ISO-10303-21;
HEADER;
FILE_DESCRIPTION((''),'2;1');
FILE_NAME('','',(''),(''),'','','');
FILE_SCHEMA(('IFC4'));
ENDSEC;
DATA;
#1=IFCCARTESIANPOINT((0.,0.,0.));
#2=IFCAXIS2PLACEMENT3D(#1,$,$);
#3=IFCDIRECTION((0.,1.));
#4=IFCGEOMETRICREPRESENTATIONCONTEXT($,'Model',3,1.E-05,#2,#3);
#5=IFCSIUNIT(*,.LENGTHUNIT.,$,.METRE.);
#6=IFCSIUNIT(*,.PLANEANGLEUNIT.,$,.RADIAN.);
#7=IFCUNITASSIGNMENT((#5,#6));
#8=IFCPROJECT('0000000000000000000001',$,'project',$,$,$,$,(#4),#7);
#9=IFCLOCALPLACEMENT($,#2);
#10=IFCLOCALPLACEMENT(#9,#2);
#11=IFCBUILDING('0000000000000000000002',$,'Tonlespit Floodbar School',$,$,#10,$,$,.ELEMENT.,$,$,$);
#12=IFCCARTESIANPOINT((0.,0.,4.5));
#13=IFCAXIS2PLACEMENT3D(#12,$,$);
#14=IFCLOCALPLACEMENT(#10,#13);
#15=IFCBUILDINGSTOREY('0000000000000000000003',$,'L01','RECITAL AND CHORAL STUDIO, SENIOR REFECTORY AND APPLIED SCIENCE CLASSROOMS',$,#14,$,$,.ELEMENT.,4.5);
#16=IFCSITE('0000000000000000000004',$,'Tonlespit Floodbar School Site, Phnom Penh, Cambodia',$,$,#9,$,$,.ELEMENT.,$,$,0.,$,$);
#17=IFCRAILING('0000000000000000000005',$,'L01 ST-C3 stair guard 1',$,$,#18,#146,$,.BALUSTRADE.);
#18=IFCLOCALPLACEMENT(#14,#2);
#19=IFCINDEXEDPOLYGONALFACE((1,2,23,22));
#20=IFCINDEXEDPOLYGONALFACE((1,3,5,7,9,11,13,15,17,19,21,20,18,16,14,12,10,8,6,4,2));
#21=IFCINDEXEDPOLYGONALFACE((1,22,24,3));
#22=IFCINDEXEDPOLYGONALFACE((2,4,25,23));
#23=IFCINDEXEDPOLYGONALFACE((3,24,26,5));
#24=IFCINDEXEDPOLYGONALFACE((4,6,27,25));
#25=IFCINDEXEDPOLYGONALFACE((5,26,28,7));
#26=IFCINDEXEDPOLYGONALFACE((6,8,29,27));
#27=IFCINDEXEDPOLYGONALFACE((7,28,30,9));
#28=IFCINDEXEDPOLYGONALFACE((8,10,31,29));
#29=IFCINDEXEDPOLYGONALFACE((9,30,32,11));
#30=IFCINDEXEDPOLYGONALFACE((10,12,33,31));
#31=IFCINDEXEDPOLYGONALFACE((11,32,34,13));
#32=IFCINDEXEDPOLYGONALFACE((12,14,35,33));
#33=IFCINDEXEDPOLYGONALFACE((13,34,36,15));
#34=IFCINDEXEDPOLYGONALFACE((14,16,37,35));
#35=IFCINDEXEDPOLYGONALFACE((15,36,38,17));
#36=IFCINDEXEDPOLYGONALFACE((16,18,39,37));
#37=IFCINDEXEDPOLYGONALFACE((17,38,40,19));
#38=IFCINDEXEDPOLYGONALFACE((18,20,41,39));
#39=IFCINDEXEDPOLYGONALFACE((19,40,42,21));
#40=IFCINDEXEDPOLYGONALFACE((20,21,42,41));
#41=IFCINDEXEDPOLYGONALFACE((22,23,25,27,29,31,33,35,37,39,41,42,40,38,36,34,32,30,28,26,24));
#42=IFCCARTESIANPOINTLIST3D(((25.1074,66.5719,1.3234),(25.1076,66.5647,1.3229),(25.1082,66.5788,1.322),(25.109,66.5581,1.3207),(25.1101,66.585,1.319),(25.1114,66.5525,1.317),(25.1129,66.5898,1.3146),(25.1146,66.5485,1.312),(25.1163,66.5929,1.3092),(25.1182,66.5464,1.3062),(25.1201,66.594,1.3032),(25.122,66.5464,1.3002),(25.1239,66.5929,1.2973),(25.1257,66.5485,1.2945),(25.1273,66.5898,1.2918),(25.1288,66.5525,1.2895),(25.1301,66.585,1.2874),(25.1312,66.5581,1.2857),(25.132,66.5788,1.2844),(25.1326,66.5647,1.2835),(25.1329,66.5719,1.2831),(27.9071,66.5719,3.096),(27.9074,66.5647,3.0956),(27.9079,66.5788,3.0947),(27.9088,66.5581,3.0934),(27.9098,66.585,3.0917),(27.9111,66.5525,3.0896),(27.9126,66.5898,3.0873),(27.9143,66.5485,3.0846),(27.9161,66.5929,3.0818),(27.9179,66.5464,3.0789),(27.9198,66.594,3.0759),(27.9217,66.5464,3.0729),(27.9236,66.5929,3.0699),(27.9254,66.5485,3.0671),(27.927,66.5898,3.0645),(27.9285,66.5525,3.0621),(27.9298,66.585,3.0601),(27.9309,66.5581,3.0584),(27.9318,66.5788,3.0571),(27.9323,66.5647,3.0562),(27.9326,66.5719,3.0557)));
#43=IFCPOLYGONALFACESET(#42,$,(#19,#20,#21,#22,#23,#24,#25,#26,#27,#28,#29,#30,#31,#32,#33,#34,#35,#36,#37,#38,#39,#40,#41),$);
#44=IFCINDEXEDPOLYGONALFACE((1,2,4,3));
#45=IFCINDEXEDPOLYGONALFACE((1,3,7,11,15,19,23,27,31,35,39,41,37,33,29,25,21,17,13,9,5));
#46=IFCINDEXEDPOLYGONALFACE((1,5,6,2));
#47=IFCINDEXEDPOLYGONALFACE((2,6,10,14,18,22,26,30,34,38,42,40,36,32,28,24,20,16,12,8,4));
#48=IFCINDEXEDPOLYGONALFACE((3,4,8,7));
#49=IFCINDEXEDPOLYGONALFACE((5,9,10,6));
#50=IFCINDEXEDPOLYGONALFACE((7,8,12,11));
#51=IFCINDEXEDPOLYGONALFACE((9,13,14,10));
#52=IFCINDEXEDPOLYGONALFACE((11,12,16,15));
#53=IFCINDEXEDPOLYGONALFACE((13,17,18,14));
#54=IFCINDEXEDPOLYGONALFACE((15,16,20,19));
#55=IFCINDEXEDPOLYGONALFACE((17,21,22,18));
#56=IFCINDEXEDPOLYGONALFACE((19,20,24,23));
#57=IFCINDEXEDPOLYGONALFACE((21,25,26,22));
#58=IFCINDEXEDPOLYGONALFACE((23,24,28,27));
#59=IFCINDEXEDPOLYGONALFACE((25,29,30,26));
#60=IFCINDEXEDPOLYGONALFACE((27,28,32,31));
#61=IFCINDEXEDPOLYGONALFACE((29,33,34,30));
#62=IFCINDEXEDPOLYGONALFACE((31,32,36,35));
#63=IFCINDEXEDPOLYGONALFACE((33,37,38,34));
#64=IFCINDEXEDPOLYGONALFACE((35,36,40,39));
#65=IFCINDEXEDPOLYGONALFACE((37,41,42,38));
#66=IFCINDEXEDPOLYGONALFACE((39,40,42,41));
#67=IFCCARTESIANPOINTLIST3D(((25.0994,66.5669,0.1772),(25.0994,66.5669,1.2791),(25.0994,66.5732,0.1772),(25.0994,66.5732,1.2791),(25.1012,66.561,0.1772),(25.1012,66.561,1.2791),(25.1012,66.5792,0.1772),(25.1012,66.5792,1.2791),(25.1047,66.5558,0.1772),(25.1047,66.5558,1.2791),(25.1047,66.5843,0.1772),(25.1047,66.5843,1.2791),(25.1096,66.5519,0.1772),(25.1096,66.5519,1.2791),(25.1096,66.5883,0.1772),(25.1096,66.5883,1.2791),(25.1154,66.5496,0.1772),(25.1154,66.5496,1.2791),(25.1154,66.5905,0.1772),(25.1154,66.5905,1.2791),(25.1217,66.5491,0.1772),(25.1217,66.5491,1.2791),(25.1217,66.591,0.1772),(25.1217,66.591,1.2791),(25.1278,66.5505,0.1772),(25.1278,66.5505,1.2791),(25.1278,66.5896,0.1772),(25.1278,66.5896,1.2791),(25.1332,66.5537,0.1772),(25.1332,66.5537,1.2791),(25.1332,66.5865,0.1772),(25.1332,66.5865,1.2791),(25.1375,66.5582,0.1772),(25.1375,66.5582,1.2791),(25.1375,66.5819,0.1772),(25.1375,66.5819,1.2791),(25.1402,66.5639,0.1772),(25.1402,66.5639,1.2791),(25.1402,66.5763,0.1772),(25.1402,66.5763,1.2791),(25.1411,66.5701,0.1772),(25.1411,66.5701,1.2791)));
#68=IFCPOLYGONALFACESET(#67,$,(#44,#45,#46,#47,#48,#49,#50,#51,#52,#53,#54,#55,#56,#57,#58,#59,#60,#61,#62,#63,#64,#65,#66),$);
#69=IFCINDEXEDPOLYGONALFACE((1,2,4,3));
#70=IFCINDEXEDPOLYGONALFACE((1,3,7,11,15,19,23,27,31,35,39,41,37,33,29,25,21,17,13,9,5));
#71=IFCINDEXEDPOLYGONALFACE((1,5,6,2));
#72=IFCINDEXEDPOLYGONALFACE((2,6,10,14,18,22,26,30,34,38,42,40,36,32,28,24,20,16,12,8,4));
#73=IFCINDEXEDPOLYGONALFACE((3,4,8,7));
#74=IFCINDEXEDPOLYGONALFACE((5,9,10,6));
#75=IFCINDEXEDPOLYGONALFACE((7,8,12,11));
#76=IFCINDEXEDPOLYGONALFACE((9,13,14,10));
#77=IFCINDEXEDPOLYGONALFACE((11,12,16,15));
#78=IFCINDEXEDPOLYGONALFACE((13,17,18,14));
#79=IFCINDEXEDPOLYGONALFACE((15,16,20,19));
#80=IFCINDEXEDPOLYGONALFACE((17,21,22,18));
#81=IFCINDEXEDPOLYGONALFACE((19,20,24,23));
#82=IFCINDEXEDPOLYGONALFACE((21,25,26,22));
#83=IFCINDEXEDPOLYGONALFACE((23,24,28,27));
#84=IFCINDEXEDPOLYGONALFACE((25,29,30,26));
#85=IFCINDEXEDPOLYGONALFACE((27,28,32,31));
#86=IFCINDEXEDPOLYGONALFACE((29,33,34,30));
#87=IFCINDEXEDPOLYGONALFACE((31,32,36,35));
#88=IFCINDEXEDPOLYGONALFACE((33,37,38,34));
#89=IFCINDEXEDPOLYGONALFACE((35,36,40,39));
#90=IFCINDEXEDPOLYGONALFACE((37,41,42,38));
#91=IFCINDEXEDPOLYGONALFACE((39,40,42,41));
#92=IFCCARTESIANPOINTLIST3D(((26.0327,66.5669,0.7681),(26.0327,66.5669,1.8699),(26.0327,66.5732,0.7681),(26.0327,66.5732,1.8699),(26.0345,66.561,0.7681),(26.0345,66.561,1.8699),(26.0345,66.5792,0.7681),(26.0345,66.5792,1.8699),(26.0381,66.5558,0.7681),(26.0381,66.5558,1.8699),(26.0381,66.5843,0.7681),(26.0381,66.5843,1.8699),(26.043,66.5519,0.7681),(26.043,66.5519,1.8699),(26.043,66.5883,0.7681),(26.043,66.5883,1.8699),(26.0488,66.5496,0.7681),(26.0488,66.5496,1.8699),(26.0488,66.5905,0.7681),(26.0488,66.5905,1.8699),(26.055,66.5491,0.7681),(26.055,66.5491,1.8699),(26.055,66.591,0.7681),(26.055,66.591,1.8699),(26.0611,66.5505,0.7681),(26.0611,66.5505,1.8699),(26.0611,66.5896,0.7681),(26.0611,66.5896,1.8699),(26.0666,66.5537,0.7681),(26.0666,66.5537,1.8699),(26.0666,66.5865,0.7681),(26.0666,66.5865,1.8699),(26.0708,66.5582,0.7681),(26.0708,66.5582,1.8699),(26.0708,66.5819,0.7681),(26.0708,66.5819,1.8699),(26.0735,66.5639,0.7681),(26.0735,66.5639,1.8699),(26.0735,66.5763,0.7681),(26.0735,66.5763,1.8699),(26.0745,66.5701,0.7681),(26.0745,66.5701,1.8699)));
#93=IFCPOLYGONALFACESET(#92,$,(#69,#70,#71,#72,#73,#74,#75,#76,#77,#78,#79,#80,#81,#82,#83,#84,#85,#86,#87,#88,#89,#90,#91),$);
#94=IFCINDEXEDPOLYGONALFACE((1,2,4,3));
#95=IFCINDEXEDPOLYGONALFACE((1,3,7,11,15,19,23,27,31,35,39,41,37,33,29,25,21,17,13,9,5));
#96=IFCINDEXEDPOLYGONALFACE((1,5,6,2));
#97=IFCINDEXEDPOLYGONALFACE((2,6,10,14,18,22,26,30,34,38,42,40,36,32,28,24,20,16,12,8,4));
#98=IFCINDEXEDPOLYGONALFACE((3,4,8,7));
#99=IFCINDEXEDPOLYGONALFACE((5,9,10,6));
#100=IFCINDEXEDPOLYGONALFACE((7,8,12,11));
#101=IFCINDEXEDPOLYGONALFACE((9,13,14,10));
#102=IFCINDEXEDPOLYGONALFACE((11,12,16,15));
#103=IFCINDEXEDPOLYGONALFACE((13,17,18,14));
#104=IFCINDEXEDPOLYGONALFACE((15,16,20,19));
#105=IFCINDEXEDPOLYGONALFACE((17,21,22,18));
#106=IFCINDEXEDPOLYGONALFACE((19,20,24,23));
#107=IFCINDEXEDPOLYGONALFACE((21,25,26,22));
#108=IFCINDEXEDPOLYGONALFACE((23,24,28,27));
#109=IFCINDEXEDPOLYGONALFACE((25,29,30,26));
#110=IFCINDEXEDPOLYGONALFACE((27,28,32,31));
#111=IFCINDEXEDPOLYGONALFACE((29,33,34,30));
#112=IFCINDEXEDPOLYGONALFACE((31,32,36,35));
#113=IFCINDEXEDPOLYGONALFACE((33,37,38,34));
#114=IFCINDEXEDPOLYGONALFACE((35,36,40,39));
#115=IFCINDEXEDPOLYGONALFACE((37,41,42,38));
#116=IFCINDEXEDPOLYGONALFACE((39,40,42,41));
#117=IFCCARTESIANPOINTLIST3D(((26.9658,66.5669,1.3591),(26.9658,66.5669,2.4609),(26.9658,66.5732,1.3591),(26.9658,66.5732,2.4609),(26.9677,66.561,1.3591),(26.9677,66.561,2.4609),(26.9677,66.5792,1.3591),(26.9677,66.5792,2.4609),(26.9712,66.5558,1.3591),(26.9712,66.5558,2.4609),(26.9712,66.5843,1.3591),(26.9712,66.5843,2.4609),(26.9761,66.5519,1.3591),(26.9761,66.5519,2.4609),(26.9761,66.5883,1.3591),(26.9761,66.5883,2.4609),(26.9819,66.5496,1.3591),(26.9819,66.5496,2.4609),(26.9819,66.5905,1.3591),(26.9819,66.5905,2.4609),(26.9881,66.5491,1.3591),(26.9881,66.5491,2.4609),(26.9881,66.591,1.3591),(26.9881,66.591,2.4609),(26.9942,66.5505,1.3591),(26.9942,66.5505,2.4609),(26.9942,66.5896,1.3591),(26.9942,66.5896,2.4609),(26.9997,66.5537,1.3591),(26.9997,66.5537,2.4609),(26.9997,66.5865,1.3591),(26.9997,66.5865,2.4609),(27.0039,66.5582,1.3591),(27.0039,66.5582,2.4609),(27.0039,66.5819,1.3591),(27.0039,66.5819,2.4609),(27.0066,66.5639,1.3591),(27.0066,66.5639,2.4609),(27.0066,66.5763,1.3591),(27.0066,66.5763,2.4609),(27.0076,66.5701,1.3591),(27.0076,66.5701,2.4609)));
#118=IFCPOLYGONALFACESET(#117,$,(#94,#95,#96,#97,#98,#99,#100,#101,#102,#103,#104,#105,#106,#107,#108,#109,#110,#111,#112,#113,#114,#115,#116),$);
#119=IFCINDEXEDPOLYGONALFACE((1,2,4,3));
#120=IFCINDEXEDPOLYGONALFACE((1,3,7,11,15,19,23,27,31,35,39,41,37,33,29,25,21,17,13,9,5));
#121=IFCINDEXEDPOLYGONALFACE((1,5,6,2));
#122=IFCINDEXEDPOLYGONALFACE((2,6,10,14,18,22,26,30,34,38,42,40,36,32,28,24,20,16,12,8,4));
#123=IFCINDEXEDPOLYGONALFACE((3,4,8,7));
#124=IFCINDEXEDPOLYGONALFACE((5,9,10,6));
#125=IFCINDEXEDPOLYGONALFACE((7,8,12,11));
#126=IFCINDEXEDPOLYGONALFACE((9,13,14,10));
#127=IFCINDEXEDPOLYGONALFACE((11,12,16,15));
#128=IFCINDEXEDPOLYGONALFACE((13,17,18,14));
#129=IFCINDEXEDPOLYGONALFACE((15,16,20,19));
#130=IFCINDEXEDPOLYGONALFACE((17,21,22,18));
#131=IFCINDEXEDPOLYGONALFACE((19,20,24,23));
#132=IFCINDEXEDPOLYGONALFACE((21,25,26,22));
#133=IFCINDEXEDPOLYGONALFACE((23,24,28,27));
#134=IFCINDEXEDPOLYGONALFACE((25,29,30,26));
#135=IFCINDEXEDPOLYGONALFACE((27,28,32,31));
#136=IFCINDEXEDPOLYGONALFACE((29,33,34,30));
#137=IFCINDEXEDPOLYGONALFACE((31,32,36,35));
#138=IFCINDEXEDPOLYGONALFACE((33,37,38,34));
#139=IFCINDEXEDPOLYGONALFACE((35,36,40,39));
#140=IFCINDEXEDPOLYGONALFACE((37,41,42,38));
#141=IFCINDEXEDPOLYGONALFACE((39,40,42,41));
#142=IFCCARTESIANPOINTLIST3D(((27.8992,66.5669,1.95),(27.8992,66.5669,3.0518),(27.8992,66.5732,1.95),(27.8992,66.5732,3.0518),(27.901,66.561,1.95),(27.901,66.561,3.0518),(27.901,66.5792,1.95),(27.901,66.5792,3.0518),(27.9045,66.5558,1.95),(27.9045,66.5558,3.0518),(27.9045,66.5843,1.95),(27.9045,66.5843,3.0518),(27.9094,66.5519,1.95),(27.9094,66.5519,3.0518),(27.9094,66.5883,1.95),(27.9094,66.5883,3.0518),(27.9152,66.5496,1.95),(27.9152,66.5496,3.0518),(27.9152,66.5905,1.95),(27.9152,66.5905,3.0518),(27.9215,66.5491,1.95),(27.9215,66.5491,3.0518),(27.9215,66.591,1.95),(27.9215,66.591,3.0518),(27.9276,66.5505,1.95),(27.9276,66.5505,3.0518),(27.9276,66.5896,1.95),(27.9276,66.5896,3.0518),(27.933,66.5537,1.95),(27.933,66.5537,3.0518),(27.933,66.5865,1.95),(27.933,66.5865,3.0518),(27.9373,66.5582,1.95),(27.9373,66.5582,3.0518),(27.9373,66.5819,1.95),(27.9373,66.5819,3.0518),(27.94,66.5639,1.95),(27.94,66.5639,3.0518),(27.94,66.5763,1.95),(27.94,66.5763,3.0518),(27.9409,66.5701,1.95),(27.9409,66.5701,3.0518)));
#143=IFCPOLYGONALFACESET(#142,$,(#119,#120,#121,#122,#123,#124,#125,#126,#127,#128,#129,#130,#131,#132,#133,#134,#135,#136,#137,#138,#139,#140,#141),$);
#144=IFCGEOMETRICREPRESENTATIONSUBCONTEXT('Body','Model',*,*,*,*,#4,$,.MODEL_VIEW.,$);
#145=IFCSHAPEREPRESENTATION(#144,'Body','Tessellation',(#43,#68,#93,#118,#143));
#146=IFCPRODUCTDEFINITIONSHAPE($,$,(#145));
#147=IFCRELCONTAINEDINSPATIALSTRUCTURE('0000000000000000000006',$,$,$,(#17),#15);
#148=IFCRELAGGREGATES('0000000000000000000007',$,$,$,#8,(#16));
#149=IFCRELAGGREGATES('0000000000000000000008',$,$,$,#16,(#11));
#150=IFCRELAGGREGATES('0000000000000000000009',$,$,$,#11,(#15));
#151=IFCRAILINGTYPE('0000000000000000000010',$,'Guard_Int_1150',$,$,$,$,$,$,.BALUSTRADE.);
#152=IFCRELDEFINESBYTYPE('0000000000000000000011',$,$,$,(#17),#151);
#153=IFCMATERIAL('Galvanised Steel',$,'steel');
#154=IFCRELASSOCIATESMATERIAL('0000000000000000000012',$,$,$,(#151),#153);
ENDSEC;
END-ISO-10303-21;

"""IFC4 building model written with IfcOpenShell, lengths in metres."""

from ifc_helpers import new_model, si_unit, direction, frame, origin, origin_2d, place, context, subcontext, project, spatial, circle, extrude, material, type_object, element, save


model = new_model("IFC4")

# Units and contexts
model_context = context("Model", 3, precision=1e-05, world=origin(), true_north=direction((0.0, 1.0)))
body_context = subcontext(model_context, "Body", "Model", "MODEL_VIEW")
ifc_project = project(units=[si_unit("LENGTHUNIT", "METRE"), si_unit("PLANEANGLEUNIT", "RADIAN")], contexts=[model_context])

# Site, building, storey
site_placement = place(None, origin())
site = spatial("IfcSite", under=ifc_project, at=site_placement, Name="Tonlespit Floodbar School Site, Phnom Penh, Cambodia", CompositionType="ELEMENT", RefElevation=0.0)
building_placement = place(site_placement, origin())
building = spatial("IfcBuilding", under=site, at=building_placement, Name="Tonlespit Floodbar School", CompositionType="ELEMENT")
storey_placement = place(building_placement, frame((0.0, 0.0, 4.5)))
storey = spatial("IfcBuildingStorey", under=building, at=storey_placement, Name="L01", Description="RECITAL AND CHORAL STUDIO, SENIOR REFECTORY AND APPLIED SCIENCE CLASSROOMS", CompositionType="ELEMENT", Elevation=4.5)

# Shared definitions
ifc_material_1 = material(Name="Galvanised Steel", Category="steel")

# Railing
railing_type_1 = type_object("IfcRailingType", Name="Guard_Int_1150", PredefinedType="BALUSTRADE", material=ifc_material_1)
railing_1_placement = place(storey_placement, frame((25.1201, 66.5701, 0.1772)))
element("IfcRailing", 1, at=railing_1_placement, inside=storey, type_object=railing_type_1, Name="L01 ST-C3 stair guard 1", PredefinedType="BALUSTRADE", context=body_context, shape_type="SweptSolid", body=[
    extrude(circle(Radius=0.0239, at=origin_2d()), frame((0.0, 0.0, 1.126), z_axis=(0.844888, 0.0, 0.534943), x_axis=(0.0, 1.0, 0.0)), (0.0, 0.0, 1.0), 3.3137),
    extrude(circle(Radius=0.021, at=origin_2d()), origin(), (0.0, 0.0, 1.0), 1.1018),
    extrude(circle(Radius=0.021, at=origin_2d()), frame((0.9333, 0.0, 0.5908)), (0.0, 0.0, 1.0), 1.1018),
    extrude(circle(Radius=0.021, at=origin_2d()), frame((1.8665, 0.0, 1.1819)), (0.0, 0.0, 1.0), 1.1018),
    extrude(circle(Radius=0.021, at=origin_2d()), frame((2.7998, 0.0, 1.7727)), (0.0, 0.0, 1.0), 1.1018),
])

save(model, "model.ifc")
